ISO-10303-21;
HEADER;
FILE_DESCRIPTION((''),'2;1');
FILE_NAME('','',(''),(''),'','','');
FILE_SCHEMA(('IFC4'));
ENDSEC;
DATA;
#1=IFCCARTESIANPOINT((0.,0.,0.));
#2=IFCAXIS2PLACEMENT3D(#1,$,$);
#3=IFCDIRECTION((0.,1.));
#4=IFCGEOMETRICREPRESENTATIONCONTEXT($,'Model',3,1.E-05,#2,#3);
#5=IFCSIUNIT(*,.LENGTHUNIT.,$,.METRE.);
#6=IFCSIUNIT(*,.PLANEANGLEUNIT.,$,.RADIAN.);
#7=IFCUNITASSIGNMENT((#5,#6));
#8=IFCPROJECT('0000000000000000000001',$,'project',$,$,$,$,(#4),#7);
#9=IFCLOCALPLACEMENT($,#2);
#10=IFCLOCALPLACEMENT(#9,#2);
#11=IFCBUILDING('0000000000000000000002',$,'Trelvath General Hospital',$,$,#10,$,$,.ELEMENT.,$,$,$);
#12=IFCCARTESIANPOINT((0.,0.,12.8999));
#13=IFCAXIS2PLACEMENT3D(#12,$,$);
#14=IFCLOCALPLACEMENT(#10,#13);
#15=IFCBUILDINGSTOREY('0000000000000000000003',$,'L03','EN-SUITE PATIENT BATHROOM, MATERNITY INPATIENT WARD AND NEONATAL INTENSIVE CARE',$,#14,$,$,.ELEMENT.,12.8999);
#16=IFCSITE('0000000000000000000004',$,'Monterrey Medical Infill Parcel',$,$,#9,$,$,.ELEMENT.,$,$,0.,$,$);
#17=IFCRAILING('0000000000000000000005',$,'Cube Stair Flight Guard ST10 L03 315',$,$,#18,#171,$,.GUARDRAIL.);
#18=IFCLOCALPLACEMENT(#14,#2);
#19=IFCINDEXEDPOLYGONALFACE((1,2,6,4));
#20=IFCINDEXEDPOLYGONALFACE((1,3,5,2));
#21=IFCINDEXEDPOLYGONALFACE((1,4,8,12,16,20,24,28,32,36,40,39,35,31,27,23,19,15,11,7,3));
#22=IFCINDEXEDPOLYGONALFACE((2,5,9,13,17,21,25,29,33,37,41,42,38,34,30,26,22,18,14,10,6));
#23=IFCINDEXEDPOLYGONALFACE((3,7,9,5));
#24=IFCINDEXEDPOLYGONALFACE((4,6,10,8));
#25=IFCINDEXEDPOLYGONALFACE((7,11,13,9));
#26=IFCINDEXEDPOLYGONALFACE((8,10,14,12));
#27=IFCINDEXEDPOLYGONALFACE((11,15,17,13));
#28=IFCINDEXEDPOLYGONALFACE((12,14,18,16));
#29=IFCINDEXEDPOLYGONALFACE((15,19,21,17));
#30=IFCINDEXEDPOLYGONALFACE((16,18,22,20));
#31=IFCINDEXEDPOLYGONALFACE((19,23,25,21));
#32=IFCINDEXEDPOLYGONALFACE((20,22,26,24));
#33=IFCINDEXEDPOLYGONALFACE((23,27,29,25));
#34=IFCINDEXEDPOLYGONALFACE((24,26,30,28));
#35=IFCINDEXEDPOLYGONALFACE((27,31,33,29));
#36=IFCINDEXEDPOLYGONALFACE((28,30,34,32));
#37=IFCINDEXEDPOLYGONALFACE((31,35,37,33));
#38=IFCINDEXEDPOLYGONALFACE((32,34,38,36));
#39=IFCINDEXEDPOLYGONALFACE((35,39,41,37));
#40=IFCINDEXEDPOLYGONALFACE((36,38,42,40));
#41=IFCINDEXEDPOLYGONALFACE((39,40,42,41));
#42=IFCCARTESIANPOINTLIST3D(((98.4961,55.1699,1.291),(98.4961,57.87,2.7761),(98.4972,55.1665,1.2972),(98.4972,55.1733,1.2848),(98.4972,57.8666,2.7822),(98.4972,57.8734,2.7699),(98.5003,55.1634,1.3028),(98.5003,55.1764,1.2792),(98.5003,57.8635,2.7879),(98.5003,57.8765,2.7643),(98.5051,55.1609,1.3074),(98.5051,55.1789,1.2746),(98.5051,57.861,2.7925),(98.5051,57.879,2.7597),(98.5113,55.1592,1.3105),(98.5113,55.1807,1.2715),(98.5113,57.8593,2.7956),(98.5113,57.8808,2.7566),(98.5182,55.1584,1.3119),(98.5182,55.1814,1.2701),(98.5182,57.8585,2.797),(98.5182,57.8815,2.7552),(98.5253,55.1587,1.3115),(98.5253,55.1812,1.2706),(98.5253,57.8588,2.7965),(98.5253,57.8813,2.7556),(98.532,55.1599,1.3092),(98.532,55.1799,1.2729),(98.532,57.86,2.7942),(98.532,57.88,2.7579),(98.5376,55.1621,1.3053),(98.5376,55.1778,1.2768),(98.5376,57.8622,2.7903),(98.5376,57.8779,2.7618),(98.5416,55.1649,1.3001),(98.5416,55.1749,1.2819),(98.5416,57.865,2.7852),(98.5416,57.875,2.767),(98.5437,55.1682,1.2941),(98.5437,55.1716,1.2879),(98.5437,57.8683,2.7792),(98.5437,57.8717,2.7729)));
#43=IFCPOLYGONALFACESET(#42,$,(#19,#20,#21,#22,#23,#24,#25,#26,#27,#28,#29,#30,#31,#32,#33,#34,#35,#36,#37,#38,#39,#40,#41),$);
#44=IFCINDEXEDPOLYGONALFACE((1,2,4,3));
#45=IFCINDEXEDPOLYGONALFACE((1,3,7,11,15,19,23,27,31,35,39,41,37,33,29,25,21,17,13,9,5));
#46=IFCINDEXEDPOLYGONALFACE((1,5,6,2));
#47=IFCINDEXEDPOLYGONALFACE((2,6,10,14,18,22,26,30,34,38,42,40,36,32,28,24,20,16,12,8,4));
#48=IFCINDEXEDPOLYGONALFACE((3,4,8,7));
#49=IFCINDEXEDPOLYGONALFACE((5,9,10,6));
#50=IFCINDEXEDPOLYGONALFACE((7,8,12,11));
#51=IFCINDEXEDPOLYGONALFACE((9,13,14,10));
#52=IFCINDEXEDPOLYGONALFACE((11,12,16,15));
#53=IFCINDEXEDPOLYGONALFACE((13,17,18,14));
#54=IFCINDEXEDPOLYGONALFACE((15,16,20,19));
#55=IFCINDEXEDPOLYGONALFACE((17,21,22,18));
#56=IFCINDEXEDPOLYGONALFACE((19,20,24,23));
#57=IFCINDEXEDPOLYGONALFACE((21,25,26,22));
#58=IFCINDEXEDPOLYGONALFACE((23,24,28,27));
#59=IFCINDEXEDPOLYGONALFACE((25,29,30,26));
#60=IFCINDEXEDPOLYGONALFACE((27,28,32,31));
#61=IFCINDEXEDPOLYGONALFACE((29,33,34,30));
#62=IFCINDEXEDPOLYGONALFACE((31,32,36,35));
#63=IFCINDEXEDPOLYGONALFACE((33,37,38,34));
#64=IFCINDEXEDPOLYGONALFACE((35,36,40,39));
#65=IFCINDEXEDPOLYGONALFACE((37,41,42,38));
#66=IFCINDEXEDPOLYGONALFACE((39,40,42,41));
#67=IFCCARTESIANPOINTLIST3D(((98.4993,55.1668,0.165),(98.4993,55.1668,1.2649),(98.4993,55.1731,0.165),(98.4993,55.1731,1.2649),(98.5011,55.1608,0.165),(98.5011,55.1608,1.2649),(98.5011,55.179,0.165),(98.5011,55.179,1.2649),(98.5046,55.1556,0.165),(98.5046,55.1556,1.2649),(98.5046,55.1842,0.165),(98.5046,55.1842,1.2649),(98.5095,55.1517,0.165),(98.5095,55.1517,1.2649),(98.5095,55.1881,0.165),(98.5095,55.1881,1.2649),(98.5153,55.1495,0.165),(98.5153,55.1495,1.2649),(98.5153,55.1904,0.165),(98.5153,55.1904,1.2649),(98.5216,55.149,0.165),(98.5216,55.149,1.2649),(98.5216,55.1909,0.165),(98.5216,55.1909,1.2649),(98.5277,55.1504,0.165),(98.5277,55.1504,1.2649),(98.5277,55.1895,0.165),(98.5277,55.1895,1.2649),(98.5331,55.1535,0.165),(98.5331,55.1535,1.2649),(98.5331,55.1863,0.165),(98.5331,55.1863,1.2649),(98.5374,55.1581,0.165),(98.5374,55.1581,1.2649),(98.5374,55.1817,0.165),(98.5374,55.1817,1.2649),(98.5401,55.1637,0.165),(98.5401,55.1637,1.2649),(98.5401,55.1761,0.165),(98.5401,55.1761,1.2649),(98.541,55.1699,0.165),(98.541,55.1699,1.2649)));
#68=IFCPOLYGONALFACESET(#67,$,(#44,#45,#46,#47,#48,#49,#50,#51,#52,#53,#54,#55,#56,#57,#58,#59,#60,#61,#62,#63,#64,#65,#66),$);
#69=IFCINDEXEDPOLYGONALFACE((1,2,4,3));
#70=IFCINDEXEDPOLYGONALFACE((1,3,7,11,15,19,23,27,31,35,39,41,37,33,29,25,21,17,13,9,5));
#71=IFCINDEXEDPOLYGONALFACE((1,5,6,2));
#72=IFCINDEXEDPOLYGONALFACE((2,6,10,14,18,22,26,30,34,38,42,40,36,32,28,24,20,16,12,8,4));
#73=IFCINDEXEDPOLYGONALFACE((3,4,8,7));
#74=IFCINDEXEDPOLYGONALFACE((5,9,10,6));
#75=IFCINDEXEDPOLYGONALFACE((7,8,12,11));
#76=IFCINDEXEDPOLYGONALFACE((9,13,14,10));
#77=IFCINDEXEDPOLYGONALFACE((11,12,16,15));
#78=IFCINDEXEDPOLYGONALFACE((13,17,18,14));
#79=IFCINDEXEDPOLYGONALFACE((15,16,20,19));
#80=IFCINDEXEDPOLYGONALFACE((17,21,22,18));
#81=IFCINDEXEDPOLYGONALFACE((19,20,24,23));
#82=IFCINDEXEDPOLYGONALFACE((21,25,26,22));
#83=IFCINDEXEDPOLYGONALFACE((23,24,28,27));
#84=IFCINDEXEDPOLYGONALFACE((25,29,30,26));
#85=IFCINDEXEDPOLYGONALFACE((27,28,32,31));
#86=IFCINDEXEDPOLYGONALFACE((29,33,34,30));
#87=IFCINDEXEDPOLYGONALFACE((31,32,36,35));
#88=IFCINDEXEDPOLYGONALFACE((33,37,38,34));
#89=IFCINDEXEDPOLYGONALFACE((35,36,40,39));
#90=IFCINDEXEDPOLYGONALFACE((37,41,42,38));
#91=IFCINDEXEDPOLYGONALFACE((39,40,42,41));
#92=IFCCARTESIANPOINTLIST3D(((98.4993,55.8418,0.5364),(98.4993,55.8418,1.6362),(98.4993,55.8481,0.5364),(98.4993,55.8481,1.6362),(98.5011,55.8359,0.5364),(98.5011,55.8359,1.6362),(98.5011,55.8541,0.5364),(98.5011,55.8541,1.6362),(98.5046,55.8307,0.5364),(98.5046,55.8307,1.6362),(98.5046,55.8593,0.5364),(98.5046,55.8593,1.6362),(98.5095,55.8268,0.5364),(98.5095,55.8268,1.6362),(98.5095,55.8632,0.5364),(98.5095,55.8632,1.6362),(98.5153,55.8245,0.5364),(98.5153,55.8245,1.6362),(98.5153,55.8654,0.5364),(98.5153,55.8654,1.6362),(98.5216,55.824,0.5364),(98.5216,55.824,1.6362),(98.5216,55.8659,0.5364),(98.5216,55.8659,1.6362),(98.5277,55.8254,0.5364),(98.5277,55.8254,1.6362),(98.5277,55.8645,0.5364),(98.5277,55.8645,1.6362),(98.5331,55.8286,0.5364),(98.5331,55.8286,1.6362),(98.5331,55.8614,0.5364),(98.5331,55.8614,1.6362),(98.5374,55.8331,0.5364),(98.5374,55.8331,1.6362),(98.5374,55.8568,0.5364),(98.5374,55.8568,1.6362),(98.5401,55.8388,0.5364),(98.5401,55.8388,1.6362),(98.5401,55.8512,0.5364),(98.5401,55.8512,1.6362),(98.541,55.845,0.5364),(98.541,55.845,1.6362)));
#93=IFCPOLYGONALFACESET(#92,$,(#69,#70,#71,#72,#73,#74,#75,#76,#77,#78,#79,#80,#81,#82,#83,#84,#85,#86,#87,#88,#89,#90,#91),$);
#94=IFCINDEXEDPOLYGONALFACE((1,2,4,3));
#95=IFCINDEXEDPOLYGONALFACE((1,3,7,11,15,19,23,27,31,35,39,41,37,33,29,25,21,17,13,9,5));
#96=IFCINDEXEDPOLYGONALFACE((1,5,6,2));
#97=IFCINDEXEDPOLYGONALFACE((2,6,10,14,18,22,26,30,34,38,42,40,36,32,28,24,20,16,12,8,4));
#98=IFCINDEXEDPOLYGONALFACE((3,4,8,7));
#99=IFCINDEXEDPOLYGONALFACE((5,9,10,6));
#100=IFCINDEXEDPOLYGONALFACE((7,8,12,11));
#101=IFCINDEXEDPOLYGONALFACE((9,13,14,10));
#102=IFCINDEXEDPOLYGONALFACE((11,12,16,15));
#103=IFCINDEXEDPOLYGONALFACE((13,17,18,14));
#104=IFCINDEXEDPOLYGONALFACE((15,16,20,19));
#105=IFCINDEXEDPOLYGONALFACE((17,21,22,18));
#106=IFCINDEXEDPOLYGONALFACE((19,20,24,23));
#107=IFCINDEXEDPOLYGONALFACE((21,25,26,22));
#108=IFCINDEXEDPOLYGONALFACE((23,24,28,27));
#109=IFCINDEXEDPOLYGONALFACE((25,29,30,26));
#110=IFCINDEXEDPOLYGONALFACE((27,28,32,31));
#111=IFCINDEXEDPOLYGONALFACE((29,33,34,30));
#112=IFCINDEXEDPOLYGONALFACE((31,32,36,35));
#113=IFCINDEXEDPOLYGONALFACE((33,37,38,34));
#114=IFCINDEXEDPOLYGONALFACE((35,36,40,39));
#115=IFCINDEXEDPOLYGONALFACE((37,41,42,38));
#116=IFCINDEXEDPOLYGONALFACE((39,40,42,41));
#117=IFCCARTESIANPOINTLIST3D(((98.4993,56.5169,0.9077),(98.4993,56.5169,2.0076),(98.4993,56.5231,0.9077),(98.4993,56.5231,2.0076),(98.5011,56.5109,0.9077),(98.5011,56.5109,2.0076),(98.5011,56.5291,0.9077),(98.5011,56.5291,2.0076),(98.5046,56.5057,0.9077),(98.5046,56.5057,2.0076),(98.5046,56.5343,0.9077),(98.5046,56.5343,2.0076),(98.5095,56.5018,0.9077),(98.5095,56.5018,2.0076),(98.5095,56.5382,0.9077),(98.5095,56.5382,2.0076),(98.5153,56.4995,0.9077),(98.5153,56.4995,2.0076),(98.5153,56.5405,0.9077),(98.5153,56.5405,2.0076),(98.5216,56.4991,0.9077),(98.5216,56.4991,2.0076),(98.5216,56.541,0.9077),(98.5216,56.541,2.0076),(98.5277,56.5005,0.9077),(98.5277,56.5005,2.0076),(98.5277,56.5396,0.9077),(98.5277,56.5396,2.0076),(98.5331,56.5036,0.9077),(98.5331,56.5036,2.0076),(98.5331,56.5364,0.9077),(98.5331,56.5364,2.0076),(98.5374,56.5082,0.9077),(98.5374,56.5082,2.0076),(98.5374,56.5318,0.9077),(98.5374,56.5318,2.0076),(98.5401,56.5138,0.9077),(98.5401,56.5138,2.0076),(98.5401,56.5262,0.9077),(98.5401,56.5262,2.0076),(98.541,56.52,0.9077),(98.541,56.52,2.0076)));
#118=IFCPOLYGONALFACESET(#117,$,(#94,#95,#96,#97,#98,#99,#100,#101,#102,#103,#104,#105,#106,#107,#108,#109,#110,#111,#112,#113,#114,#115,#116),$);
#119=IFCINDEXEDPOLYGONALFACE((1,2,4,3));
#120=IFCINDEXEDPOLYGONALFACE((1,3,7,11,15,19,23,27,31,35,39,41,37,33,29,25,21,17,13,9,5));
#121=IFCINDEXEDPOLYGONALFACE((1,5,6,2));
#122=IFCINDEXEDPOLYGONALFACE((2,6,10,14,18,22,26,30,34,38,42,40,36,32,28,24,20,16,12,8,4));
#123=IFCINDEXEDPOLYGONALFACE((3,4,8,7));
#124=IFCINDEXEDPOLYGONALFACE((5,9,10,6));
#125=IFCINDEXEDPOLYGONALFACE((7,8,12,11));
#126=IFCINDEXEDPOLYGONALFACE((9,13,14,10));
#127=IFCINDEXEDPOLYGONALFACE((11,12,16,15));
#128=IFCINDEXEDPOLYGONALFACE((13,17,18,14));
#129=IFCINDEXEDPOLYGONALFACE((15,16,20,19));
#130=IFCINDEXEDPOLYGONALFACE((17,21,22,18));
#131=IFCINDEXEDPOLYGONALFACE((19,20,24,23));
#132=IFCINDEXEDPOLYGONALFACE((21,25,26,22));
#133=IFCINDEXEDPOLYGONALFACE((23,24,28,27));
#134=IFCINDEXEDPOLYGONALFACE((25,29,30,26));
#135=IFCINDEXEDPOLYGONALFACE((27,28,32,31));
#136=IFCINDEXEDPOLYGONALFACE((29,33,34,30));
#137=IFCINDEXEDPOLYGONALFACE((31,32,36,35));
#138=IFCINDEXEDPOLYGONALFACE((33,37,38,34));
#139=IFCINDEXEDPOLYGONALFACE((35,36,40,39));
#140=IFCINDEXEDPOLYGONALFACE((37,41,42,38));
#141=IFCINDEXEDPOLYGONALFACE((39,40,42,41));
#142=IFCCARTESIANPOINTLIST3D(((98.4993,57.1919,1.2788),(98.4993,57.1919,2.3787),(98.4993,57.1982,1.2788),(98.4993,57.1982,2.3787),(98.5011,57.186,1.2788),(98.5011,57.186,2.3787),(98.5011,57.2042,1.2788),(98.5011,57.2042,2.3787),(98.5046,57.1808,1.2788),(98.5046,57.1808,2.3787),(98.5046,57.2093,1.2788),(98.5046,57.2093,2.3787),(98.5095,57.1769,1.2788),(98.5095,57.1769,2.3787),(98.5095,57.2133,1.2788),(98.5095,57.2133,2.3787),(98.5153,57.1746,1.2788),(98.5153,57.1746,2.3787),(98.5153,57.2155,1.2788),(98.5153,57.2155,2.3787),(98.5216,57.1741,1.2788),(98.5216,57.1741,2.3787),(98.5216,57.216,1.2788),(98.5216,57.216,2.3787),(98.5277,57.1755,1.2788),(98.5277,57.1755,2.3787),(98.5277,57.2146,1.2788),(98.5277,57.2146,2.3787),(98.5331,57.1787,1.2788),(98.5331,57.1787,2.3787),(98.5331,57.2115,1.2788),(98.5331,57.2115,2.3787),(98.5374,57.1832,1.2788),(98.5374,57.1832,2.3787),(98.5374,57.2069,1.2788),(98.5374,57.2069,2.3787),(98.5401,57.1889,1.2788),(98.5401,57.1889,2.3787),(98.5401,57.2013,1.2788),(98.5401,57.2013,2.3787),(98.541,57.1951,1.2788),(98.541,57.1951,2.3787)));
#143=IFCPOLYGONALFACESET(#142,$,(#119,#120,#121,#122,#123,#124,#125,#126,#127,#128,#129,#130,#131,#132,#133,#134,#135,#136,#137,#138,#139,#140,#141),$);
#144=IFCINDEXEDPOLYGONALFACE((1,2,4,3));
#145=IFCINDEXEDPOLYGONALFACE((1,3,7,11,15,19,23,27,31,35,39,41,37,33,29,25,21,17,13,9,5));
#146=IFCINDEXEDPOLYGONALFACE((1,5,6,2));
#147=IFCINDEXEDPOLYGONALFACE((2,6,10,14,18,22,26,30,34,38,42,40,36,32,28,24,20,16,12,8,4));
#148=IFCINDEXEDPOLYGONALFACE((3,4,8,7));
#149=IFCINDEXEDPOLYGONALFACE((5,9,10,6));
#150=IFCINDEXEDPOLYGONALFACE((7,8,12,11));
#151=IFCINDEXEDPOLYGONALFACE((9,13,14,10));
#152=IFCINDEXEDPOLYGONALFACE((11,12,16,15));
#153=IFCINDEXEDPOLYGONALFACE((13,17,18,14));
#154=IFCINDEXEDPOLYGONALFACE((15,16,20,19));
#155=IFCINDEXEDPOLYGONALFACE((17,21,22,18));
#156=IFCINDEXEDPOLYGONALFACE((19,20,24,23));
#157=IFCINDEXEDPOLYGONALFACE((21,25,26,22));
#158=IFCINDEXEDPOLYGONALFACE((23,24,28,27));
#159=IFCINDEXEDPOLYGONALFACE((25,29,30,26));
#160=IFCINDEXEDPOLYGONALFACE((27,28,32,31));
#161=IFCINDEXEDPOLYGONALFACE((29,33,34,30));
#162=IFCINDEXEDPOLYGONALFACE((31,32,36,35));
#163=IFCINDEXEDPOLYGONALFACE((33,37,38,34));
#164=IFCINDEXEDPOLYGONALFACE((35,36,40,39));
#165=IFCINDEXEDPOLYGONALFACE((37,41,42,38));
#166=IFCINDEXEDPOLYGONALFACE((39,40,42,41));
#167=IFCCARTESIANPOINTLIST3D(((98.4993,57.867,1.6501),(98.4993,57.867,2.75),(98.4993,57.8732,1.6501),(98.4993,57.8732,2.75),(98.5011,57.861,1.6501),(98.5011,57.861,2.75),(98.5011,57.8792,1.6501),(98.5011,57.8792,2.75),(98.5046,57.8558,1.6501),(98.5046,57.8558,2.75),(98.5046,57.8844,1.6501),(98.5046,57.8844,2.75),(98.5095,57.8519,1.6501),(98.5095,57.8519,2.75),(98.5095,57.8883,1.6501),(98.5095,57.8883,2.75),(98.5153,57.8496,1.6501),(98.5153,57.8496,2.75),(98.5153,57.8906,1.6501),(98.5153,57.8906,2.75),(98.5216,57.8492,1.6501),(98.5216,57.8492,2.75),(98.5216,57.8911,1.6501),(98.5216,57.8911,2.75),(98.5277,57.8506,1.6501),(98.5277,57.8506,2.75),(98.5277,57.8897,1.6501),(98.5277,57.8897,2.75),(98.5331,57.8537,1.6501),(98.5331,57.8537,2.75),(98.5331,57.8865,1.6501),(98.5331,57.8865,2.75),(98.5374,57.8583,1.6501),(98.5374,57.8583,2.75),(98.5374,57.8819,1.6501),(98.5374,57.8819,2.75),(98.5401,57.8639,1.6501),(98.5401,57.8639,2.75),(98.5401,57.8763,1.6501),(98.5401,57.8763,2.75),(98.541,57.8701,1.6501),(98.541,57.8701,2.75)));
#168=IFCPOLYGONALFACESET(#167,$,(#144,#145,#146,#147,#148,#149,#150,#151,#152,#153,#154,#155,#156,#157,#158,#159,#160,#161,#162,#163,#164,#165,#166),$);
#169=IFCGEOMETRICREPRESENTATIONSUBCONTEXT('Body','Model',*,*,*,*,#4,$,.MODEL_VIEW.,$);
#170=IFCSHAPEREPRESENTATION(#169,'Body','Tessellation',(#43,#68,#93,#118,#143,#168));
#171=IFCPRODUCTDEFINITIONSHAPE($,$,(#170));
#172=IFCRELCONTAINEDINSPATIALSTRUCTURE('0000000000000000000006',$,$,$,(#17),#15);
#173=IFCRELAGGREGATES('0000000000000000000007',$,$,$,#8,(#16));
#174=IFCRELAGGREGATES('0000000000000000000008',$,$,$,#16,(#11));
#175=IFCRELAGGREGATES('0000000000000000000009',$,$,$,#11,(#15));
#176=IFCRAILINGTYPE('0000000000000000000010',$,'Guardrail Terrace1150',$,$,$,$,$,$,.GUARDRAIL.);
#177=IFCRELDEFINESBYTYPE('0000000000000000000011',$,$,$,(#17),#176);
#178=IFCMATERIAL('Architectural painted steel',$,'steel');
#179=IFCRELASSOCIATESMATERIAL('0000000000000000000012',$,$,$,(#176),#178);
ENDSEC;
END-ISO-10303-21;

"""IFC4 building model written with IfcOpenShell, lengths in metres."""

from ifc_helpers import new_model, si_unit, direction, frame, origin, origin_2d, place, context, subcontext, project, spatial, circle, extrude, material, type_object, element, save


model = new_model("IFC4")

# Units and contexts
model_context = context("Model", 3, precision=1e-05, world=origin(), true_north=direction((0.0, 1.0)))
body_context = subcontext(model_context, "Body", "Model", "MODEL_VIEW")
ifc_project = project(units=[si_unit("LENGTHUNIT", "METRE"), si_unit("PLANEANGLEUNIT", "RADIAN")], contexts=[model_context])

# Site, building, storey
site_placement = place(None, origin())
site = spatial("IfcSite", under=ifc_project, at=site_placement, Name="Monterrey Medical Infill Parcel", CompositionType="ELEMENT", RefElevation=0.0)
building_placement = place(site_placement, origin())
building = spatial("IfcBuilding", under=site, at=building_placement, Name="Trelvath General Hospital", CompositionType="ELEMENT")
storey_placement = place(building_placement, frame((0.0, 0.0, 12.8999)))
storey = spatial("IfcBuildingStorey", under=building, at=storey_placement, Name="L03", Description="EN-SUITE PATIENT BATHROOM, MATERNITY INPATIENT WARD AND NEONATAL INTENSIVE CARE", CompositionType="ELEMENT", Elevation=12.8999)

# Railing
ifc_material_1 = material(Name="Architectural painted steel", Category="steel")
railing_type = type_object("IfcRailingType", Name="Guardrail Terrace1150", PredefinedType="GUARDRAIL", material=ifc_material_1)
for number, where, name in (
    (1, (98.52, 55.1699, 0.165), "Cube Stair Flight Guard ST10 L03 315"),
):
    element("IfcRailing", number, at=place(storey_placement, frame(where)), inside=storey, type_object=railing_type, Name=name, PredefinedType="GUARDRAIL", context=body_context, shape_type="SweptSolid", body=[
        extrude(circle(Radius=0.0239, at=origin_2d()), frame((0.0, 0.0, 1.126), z_axis=(0.0, 0.876216, 0.481919), x_axis=(-1.0, 0.0, 0.0)), (0.0, 0.0, 1.0), 3.0815),
        extrude(circle(Radius=0.021, at=origin_2d()), origin(), (0.0, 0.0, 1.0), 1.0999),
        extrude(circle(Radius=0.021, at=origin_2d()), frame((0.0, 0.675, 0.3713)), (0.0, 0.0, 1.0), 1.0999),
        extrude(circle(Radius=0.021, at=origin_2d()), frame((0.0, 1.3501, 0.7427)), (0.0, 0.0, 1.0), 1.0999),
        extrude(circle(Radius=0.021, at=origin_2d()), frame((0.0, 2.0251, 1.1138)), (0.0, 0.0, 1.0), 1.0999),
        extrude(circle(Radius=0.021, at=origin_2d()), frame((0.0, 2.7002, 1.4851)), (0.0, 0.0, 1.0), 1.0999),
    ])

save(model, "model.ifc")
